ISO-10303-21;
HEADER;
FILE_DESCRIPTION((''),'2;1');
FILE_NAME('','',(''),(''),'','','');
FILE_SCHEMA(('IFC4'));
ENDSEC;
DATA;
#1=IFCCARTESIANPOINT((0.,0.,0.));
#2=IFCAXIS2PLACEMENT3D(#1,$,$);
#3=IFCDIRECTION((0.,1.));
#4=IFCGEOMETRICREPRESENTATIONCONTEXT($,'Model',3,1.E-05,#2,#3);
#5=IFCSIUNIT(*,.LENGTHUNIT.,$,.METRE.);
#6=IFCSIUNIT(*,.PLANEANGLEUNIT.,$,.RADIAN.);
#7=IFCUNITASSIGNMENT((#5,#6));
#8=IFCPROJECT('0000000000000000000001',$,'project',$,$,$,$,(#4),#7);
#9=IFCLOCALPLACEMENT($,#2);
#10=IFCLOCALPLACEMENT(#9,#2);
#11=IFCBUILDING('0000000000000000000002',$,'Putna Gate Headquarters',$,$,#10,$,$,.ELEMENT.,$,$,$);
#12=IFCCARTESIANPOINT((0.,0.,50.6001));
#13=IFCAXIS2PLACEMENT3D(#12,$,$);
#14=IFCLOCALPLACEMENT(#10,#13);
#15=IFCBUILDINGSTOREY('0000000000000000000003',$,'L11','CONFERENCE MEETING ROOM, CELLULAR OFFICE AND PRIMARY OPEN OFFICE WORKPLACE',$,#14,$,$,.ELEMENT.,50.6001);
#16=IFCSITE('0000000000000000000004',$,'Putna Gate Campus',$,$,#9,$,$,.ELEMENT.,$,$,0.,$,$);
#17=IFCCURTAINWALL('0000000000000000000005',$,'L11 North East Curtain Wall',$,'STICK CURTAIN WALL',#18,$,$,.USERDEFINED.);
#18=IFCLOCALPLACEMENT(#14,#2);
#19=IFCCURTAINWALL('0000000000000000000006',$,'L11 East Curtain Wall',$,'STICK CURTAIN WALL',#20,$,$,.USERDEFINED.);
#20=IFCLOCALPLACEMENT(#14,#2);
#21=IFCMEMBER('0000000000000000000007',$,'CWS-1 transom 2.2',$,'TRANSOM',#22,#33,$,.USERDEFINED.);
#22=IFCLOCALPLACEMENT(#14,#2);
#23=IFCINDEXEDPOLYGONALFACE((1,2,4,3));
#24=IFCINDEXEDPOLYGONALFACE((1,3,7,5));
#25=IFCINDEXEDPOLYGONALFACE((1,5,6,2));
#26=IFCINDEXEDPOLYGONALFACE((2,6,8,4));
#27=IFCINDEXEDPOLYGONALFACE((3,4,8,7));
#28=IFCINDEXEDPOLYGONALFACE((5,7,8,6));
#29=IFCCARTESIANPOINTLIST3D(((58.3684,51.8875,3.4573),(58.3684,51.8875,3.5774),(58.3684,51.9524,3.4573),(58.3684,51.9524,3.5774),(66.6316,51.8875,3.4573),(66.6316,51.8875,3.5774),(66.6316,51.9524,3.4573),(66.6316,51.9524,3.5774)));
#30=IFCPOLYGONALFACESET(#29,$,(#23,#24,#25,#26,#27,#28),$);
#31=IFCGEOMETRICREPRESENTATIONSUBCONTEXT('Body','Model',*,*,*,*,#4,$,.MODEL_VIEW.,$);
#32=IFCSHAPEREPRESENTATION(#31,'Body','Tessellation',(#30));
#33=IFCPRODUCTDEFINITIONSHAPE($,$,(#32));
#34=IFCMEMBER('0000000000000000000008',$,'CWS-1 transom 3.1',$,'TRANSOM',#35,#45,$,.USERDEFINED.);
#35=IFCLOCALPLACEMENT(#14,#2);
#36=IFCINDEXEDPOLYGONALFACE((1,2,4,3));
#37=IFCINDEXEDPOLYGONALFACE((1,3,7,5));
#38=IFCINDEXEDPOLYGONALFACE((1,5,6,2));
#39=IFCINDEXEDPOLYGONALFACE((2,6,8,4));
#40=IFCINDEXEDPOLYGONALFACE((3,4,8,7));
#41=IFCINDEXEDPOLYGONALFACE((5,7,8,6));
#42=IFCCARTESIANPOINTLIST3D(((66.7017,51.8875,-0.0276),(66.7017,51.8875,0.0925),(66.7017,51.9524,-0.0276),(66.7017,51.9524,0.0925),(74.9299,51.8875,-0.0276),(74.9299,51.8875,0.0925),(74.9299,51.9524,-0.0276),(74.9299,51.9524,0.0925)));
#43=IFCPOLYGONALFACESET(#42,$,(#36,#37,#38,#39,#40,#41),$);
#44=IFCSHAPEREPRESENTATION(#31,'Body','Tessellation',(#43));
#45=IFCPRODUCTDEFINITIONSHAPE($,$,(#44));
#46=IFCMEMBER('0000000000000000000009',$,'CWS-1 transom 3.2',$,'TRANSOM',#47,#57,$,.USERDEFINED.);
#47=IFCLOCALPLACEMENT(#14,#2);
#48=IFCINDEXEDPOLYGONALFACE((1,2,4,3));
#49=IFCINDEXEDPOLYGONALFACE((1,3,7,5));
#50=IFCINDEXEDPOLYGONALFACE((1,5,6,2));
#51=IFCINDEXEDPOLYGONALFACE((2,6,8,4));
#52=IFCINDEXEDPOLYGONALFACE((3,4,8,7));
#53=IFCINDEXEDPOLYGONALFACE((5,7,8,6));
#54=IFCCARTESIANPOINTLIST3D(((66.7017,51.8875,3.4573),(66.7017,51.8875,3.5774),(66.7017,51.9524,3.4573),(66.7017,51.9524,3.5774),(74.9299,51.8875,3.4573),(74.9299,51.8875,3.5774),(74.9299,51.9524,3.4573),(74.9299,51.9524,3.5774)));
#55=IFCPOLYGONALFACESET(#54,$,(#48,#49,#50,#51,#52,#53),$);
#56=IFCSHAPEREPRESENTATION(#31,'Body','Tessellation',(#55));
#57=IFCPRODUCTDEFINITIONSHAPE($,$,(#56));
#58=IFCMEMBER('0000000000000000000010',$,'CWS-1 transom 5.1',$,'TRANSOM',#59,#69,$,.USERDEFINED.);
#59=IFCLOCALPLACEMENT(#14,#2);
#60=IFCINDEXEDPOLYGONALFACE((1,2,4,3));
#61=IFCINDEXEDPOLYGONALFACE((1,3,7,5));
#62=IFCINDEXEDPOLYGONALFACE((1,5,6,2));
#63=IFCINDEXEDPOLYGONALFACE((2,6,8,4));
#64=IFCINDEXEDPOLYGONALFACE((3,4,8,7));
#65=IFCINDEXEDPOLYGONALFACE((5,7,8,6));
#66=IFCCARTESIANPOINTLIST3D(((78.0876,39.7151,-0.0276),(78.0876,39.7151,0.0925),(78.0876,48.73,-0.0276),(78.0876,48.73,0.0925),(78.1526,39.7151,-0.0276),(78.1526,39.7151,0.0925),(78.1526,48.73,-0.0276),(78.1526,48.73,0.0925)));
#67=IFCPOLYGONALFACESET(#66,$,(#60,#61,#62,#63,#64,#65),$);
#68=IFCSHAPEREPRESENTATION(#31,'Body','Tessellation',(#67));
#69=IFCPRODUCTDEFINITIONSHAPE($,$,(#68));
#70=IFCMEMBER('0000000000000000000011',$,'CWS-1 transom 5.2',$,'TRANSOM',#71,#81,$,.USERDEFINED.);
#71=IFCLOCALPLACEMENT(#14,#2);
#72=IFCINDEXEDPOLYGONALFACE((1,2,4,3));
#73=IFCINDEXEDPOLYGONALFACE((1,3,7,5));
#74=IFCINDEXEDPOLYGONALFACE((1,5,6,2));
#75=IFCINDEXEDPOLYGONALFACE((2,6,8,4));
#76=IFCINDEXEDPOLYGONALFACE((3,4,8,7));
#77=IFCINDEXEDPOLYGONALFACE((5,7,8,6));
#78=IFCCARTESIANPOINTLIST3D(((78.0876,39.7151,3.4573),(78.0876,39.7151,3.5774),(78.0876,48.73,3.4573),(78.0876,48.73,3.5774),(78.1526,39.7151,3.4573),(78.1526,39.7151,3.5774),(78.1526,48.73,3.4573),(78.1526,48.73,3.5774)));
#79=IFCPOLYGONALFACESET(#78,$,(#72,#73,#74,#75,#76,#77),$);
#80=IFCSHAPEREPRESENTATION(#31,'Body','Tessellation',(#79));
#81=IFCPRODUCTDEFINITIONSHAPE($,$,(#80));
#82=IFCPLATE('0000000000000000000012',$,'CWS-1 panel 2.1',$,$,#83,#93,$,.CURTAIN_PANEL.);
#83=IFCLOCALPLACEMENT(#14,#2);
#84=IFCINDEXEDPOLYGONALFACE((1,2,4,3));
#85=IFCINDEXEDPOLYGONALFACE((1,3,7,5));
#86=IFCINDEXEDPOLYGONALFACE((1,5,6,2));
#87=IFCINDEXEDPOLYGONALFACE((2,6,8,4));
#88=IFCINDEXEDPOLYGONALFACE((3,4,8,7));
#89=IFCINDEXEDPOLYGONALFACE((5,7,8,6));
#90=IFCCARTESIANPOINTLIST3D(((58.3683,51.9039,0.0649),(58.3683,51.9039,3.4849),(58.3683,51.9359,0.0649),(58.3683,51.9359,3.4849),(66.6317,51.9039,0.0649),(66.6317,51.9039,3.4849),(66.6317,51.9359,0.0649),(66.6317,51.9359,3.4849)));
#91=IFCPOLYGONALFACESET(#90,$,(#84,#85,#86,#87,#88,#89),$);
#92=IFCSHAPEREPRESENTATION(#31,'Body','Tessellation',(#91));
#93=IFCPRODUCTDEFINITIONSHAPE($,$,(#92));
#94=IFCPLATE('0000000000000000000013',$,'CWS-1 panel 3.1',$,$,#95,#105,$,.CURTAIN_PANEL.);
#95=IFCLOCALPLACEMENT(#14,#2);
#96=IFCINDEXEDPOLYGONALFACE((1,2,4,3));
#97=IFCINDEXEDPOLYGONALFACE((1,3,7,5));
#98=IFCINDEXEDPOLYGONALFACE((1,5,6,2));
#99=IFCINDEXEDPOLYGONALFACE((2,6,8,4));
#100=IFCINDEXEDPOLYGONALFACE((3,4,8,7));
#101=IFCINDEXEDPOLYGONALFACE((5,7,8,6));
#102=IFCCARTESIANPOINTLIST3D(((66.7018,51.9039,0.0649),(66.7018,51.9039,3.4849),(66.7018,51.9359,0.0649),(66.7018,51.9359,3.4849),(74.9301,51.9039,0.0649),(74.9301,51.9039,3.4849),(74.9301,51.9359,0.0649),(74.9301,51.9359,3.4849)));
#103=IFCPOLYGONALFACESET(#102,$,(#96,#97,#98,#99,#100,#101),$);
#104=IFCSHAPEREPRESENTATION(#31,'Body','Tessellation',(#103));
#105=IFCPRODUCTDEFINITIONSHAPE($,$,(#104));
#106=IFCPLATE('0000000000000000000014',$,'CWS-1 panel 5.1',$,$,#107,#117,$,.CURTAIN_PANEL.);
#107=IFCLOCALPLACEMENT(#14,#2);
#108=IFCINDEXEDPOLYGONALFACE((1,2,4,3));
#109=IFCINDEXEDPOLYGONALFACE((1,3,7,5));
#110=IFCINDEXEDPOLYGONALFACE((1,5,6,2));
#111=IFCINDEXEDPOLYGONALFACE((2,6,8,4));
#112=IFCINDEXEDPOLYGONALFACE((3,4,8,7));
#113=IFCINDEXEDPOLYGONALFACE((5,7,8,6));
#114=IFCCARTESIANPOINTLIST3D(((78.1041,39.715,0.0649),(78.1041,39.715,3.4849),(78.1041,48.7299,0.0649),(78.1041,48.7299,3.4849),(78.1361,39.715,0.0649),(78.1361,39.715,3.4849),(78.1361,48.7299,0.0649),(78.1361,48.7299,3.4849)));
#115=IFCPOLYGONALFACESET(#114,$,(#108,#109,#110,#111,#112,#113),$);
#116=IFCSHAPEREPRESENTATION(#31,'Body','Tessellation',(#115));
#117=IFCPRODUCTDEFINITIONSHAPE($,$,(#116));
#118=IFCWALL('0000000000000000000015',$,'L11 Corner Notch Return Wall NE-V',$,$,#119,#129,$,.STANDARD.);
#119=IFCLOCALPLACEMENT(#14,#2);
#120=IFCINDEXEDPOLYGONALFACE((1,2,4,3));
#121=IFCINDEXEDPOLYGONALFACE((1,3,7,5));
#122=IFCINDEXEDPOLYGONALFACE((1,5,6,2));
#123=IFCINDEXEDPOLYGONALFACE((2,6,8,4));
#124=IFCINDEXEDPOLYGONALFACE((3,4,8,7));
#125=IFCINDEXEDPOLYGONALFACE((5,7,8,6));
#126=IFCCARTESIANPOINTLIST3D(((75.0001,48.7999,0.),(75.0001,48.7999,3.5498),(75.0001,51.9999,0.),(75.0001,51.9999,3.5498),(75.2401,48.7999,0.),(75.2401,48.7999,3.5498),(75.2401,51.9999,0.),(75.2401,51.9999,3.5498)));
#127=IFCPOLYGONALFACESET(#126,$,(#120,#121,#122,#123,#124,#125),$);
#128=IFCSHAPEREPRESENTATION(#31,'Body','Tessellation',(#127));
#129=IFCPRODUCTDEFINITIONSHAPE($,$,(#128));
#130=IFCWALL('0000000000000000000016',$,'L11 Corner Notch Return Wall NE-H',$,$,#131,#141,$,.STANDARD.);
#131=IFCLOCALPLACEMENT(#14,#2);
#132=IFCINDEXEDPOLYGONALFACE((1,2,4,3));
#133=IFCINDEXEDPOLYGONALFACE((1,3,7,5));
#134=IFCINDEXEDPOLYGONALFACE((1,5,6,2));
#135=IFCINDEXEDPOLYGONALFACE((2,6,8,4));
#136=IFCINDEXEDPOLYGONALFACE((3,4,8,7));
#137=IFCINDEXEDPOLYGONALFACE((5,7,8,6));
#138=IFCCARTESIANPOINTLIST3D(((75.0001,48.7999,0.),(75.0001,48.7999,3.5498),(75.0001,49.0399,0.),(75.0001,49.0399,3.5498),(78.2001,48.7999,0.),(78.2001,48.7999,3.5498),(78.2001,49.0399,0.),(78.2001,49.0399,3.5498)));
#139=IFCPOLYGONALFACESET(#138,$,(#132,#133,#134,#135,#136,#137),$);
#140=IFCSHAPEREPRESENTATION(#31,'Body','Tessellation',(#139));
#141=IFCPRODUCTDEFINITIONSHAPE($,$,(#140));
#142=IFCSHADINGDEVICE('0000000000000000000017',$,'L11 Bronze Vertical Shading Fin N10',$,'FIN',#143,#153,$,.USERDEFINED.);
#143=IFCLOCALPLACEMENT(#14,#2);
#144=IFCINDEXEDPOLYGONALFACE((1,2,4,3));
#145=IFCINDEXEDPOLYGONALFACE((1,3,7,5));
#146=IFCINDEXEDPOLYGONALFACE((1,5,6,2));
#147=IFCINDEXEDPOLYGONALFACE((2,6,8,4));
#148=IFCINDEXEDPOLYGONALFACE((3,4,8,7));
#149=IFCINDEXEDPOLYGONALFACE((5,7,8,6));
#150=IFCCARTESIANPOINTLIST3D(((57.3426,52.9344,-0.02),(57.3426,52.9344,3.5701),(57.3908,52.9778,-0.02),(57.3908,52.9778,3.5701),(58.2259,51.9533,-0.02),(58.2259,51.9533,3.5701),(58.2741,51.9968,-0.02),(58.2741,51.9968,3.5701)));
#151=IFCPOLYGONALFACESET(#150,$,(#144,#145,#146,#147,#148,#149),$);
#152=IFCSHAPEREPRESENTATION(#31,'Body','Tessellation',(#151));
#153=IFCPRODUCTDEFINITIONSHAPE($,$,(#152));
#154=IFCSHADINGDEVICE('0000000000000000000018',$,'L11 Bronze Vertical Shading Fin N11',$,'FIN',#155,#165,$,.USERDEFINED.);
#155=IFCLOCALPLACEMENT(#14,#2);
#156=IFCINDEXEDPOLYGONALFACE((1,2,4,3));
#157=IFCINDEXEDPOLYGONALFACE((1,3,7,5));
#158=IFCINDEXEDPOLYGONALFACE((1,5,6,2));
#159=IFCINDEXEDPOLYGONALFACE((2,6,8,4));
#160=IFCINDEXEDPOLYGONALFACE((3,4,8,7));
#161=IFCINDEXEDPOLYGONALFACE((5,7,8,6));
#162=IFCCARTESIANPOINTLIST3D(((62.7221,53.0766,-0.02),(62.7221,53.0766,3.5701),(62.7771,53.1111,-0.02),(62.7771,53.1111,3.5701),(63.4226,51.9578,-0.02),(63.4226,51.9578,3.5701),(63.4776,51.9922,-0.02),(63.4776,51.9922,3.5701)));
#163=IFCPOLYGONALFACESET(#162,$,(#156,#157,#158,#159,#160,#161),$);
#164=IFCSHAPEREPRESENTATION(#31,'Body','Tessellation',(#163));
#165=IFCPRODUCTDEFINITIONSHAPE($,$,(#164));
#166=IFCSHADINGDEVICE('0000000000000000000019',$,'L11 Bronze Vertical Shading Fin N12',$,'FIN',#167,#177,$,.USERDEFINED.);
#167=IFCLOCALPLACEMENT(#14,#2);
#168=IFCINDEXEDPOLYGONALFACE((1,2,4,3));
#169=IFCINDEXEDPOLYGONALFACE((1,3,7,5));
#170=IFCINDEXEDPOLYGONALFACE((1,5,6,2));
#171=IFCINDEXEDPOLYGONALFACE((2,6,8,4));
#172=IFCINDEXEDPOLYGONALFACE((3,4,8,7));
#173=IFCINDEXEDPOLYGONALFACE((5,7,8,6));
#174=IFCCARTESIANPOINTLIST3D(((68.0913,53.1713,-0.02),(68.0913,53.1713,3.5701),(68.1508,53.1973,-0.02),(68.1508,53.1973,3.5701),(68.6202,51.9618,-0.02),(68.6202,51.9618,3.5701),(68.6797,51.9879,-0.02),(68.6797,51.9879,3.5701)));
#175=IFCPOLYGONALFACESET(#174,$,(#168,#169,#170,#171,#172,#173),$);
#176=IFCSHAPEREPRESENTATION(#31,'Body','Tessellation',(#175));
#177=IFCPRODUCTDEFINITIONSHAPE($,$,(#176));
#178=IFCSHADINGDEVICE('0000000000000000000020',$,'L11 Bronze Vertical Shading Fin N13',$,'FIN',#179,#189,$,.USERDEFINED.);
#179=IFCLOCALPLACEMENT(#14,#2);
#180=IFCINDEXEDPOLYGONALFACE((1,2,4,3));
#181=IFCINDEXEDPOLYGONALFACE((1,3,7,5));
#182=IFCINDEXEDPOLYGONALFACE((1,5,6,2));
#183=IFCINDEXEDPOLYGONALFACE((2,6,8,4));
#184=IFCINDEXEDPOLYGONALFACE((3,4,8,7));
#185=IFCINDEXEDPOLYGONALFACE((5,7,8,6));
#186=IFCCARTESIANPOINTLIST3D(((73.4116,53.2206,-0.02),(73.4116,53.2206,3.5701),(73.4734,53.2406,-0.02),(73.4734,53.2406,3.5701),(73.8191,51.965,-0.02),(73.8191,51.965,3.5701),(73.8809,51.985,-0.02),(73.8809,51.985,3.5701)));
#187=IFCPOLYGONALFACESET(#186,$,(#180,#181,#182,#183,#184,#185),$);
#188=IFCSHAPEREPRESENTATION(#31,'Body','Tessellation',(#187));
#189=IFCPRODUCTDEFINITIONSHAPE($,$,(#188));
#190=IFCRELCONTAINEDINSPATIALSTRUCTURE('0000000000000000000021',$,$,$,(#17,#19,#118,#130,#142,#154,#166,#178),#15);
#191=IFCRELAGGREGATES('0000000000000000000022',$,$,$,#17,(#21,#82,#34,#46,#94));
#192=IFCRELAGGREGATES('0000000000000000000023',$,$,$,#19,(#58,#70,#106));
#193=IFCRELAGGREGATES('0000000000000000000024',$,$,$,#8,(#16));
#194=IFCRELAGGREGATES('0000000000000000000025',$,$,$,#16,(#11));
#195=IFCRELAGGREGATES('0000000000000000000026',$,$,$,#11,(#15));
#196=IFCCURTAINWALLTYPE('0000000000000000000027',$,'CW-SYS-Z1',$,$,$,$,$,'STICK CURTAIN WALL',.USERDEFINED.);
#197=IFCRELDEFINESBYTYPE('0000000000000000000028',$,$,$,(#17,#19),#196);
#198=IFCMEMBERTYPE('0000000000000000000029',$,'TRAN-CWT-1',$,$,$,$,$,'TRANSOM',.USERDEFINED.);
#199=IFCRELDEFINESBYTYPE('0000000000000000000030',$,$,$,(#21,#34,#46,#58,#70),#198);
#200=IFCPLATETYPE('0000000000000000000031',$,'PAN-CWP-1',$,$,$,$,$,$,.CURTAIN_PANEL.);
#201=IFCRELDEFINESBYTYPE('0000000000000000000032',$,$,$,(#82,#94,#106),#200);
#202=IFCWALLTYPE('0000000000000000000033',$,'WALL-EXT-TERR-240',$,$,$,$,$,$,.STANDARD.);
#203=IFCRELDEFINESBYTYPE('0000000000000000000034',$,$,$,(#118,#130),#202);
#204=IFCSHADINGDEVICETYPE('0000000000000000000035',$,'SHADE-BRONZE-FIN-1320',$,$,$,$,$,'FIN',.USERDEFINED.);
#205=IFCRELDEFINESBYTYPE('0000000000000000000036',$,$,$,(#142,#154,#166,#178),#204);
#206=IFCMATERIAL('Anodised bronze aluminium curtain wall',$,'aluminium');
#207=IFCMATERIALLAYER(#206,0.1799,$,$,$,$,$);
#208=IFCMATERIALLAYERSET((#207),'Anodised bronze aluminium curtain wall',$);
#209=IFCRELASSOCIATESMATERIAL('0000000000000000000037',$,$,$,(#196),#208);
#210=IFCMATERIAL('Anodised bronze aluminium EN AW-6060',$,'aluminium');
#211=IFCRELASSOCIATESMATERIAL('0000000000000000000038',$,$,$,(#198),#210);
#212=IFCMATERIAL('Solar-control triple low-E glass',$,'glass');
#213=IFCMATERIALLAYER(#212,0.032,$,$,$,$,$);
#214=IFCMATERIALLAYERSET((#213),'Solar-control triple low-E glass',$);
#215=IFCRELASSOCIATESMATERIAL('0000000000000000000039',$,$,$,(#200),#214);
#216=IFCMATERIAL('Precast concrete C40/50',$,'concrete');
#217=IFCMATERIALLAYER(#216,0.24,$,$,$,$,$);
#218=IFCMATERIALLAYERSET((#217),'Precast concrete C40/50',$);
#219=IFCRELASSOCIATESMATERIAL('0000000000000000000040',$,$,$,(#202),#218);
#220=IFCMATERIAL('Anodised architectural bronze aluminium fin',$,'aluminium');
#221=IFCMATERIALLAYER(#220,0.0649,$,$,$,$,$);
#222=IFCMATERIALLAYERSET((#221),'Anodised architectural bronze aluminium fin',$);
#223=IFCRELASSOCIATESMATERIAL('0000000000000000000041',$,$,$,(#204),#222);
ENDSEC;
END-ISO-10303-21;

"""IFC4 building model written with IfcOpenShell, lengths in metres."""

from ifc_helpers import new_model, si_unit, direction, frame, frame_2d, origin, origin_2d, place, context, subcontext, project, spatial, rectangle, extrude, material, layer, layer_set, material_profile, profile_set, type_object, element, aggregate, save


model = new_model("IFC4")

# Units and contexts
model_context = context("Model", 3, precision=1e-05, world=origin(), true_north=direction((0.0, 1.0)))
body_context = subcontext(model_context, "Body", "Model", "MODEL_VIEW")
ifc_project = project(units=[si_unit("LENGTHUNIT", "METRE"), si_unit("PLANEANGLEUNIT", "RADIAN")], contexts=[model_context])

# Site, building, storey
site_placement = place(None, origin())
site = spatial("IfcSite", under=ifc_project, at=site_placement, Name="Putna Gate Campus", CompositionType="ELEMENT", RefElevation=0.0)
building_placement = place(site_placement, origin())
building = spatial("IfcBuilding", under=site, at=building_placement, Name="Putna Gate Headquarters", CompositionType="ELEMENT")
storey_placement = place(building_placement, frame((0.0, 0.0, 50.6001)))
storey = spatial("IfcBuildingStorey", under=building, at=storey_placement, Name="L11", Description="CONFERENCE MEETING ROOM, CELLULAR OFFICE AND PRIMARY OPEN OFFICE WORKPLACE", CompositionType="ELEMENT", Elevation=50.6001)

# Curtain wall
ifc_material_1 = material(Name="Anodised bronze aluminium curtain wall", Category="aluminium")
ifc_layer_1 = layer(ifc_material_1, 0.1799)
ifc_layer_set_1 = layer_set([ifc_layer_1], Name="Anodised bronze aluminium curtain wall")
curtain_wall_type = type_object("IfcCurtainWallType", Name="CW-SYS-Z1", ElementType="STICK CURTAIN WALL", PredefinedType="USERDEFINED", material=ifc_layer_set_1)
curtain_wall_1_placement = place(storey_placement, origin())
curtain_wall_1 = element("IfcCurtainWall", 1, at=curtain_wall_1_placement, inside=storey, type_object=curtain_wall_type, Name="L11 North East Curtain Wall", ObjectType="STICK CURTAIN WALL", PredefinedType="USERDEFINED")
ifc_material_2 = material(Name="Anodised bronze aluminium EN AW-6060", Category="aluminium")

# Curtain wall
curtain_wall_2_placement = place(storey_placement, origin())
curtain_wall_2 = element("IfcCurtainWall", 2, at=curtain_wall_2_placement, inside=storey, type_object=curtain_wall_type, Name="L11 East Curtain Wall", ObjectType="STICK CURTAIN WALL", PredefinedType="USERDEFINED")

# Members
ifc_material_profile_1 = material_profile(ifc_material_2, rectangle(XDim=0.0649, YDim=0.1201, at=origin_2d()), Name="Anodised bronze aluminium EN AW-6060")
ifc_profile_set_1 = profile_set([ifc_material_profile_1], Name="Anodised bronze aluminium EN AW-6060")
member_type_1 = type_object("IfcMemberType", Name="TRAN-CWT-1", ElementType="TRANSOM", PredefinedType="USERDEFINED", material=ifc_profile_set_1)
member_1_placement = place(storey_placement, frame((58.3684, 51.9199, 3.5173), z_axis=(1.0, 0.0, 0.0), x_axis=(0.0, 1.0, 0.0)))
member_1 = element("IfcMember", 3, at=member_1_placement, type_object=member_type_1, Name="CWS-1 transom 2.2", ObjectType="TRANSOM", PredefinedType="USERDEFINED", context=body_context, shape_type="SweptSolid", body=[
    extrude(rectangle(XDim=0.0649, YDim=0.1201, at=origin_2d()), origin(), (0.0, 0.0, 1.0), 8.2632),
])
member_2_placement = place(storey_placement, frame((66.7017, 51.9199, 0.0325), z_axis=(1.0, 0.0, 0.0), x_axis=(0.0, 1.0, 0.0)))
member_2 = element("IfcMember", 4, at=member_2_placement, type_object=member_type_1, Name="CWS-1 transom 3.1", ObjectType="TRANSOM", PredefinedType="USERDEFINED", context=body_context, shape_type="SweptSolid", body=[
    extrude(rectangle(XDim=0.0649, YDim=0.1201, at=origin_2d()), origin(), (0.0, 0.0, 1.0), 8.2283),
])
member_3_placement = place(storey_placement, frame((66.7017, 51.9199, 3.5173), z_axis=(1.0, 0.0, 0.0), x_axis=(0.0, 1.0, 0.0)))
member_3 = element("IfcMember", 5, at=member_3_placement, type_object=member_type_1, Name="CWS-1 transom 3.2", ObjectType="TRANSOM", PredefinedType="USERDEFINED", context=body_context, shape_type="SweptSolid", body=[
    extrude(rectangle(XDim=0.0649, YDim=0.1201, at=origin_2d()), origin(), (0.0, 0.0, 1.0), 8.2283),
])
member_4_placement = place(storey_placement, frame((78.1201, 39.7151, 0.0325), z_axis=(0.0, 1.0, 0.0), x_axis=(-1.0, 0.0, 0.0)))
member_4 = element("IfcMember", 6, at=member_4_placement, type_object=member_type_1, Name="CWS-1 transom 5.1", ObjectType="TRANSOM", PredefinedType="USERDEFINED", context=body_context, shape_type="SweptSolid", body=[
    extrude(rectangle(XDim=0.0649, YDim=0.1201, at=origin_2d()), origin(), (0.0, 0.0, 1.0), 9.0149),
])
member_5_placement = place(storey_placement, frame((78.1201, 39.7151, 3.5173), z_axis=(0.0, 1.0, 0.0), x_axis=(-1.0, 0.0, 0.0)))
member_5 = element("IfcMember", 7, at=member_5_placement, type_object=member_type_1, Name="CWS-1 transom 5.2", ObjectType="TRANSOM", PredefinedType="USERDEFINED", context=body_context, shape_type="SweptSolid", body=[
    extrude(rectangle(XDim=0.0649, YDim=0.1201, at=origin_2d()), origin(), (0.0, 0.0, 1.0), 9.0149),
])

# Plates
ifc_material_3 = material(Name="Solar-control triple low-E glass", Category="glass")
ifc_layer_2 = layer(ifc_material_3, 0.032)
ifc_layer_set_2 = layer_set([ifc_layer_2], Name="Solar-control triple low-E glass")
plate_type = type_object("IfcPlateType", Name="PAN-CWP-1", PredefinedType="CURTAIN_PANEL", material=ifc_layer_set_2)
plate_1_placement = place(storey_placement, frame((62.5, 51.9199, 0.0649), z_axis=(0.0, 0.0, 1.0), x_axis=(1.0, 0.0, 0.0)))
plate_1 = element("IfcPlate", 8, at=plate_1_placement, type_object=plate_type, Name="CWS-1 panel 2.1", PredefinedType="CURTAIN_PANEL", context=body_context, shape_type="SweptSolid", body=[
    extrude(rectangle(XDim=8.2634, YDim=0.032, at=origin_2d()), origin(), (0.0, 0.0, 1.0), 3.4199),
])
plate_2_placement = place(storey_placement, frame((70.8159, 51.9199, 0.0649), z_axis=(0.0, 0.0, 1.0), x_axis=(1.0, 0.0, 0.0)))
plate_2 = element("IfcPlate", 9, at=plate_2_placement, type_object=plate_type, Name="CWS-1 panel 3.1", PredefinedType="CURTAIN_PANEL", context=body_context, shape_type="SweptSolid", body=[
    extrude(rectangle(XDim=8.2283, YDim=0.032, at=origin_2d()), origin(), (0.0, 0.0, 1.0), 3.4199),
])
aggregate(curtain_wall_1, [member_1, plate_1, member_2, member_3, plate_2])
plate_3_placement = place(storey_placement, frame((78.1201, 44.2224, 0.0649), z_axis=(0.0, 0.0, 1.0), x_axis=(0.0, 1.0, 0.0)))
plate_3 = element("IfcPlate", 10, at=plate_3_placement, type_object=plate_type, Name="CWS-1 panel 5.1", PredefinedType="CURTAIN_PANEL", context=body_context, shape_type="SweptSolid", body=[
    extrude(rectangle(XDim=9.0149, YDim=0.032, at=origin_2d()), origin(), (0.0, 0.0, 1.0), 3.4199),
])
aggregate(curtain_wall_2, [member_4, member_5, plate_3])

# Walls
ifc_material_4 = material(Name="Precast concrete C40/50", Category="concrete")
ifc_layer_3 = layer(ifc_material_4, 0.24)
ifc_layer_set_3 = layer_set([ifc_layer_3], Name="Precast concrete C40/50")
wall_type = type_object("IfcWallType", Name="WALL-EXT-TERR-240", PredefinedType="STANDARD", material=ifc_layer_set_3)
for number, where, z_axis, x_axis, name in (
    (11, (75.1201, 52.0, 0.0), (0.0, 0.0, 1.0), (0.0, -1.0, 0.0), "L11 Corner Notch Return Wall NE-V"),
    (12, (75.0, 48.9199, 0.0), (0.0, 0.0, 1.0), (1.0, 0.0, 0.0), "L11 Corner Notch Return Wall NE-H"),
):
    element("IfcWall", number, at=place(storey_placement, frame(where, z_axis=z_axis, x_axis=x_axis)), inside=storey, type_object=wall_type, Name=name, PredefinedType="STANDARD", context=body_context, shape_type="SweptSolid", body=[
        extrude(rectangle(XDim=3.2, YDim=0.24, at=frame_2d((1.6001, 0.0))), origin(), (0.0, 0.0, 1.0), 3.5498),
    ])

# Shading devices
ifc_material_5 = material(Name="Anodised architectural bronze aluminium fin", Category="aluminium")
ifc_layer_4 = layer(ifc_material_5, 0.0649)
ifc_layer_set_4 = layer_set([ifc_layer_4], Name="Anodised architectural bronze aluminium fin")
shading_device_type = type_object("IfcShadingDeviceType", Name="SHADE-BRONZE-FIN-1320", ElementType="FIN", PredefinedType="USERDEFINED", material=ifc_layer_set_4)
for number, where, z_axis, x_axis, name in (
    (13, (57.8083, 52.4656, -0.02), (0.0, 0.0, 1.0), (-0.669131, 0.743145, 0.0), "L11 Bronze Vertical Shading Fin N10"),
    (14, (63.0999, 52.5344, -0.02), (0.0, 0.0, 1.0), (-0.530659, 0.847585, 0.0), "L11 Bronze Vertical Shading Fin N11"),
    (15, (68.3855, 52.5796, -0.02), (0.0, 0.0, 1.0), (-0.400669, 0.916223, 0.0), "L11 Bronze Vertical Shading Fin N12"),
    (16, (73.6462, 52.6028, -0.02), (0.0, 0.0, 1.0), (-0.308685, 0.951164, 0.0), "L11 Bronze Vertical Shading Fin N13"),
):
    element("IfcShadingDevice", number, at=place(storey_placement, frame(where, z_axis=z_axis, x_axis=x_axis)), inside=storey, type_object=shading_device_type, Name=name, ObjectType="FIN", PredefinedType="USERDEFINED", context=body_context, shape_type="SweptSolid", body=[
        extrude(rectangle(XDim=1.3201, YDim=0.0649, at=origin_2d()), origin(), (0.0, 0.0, 1.0), 3.5901),
    ])

save(model, "model.ifc")
